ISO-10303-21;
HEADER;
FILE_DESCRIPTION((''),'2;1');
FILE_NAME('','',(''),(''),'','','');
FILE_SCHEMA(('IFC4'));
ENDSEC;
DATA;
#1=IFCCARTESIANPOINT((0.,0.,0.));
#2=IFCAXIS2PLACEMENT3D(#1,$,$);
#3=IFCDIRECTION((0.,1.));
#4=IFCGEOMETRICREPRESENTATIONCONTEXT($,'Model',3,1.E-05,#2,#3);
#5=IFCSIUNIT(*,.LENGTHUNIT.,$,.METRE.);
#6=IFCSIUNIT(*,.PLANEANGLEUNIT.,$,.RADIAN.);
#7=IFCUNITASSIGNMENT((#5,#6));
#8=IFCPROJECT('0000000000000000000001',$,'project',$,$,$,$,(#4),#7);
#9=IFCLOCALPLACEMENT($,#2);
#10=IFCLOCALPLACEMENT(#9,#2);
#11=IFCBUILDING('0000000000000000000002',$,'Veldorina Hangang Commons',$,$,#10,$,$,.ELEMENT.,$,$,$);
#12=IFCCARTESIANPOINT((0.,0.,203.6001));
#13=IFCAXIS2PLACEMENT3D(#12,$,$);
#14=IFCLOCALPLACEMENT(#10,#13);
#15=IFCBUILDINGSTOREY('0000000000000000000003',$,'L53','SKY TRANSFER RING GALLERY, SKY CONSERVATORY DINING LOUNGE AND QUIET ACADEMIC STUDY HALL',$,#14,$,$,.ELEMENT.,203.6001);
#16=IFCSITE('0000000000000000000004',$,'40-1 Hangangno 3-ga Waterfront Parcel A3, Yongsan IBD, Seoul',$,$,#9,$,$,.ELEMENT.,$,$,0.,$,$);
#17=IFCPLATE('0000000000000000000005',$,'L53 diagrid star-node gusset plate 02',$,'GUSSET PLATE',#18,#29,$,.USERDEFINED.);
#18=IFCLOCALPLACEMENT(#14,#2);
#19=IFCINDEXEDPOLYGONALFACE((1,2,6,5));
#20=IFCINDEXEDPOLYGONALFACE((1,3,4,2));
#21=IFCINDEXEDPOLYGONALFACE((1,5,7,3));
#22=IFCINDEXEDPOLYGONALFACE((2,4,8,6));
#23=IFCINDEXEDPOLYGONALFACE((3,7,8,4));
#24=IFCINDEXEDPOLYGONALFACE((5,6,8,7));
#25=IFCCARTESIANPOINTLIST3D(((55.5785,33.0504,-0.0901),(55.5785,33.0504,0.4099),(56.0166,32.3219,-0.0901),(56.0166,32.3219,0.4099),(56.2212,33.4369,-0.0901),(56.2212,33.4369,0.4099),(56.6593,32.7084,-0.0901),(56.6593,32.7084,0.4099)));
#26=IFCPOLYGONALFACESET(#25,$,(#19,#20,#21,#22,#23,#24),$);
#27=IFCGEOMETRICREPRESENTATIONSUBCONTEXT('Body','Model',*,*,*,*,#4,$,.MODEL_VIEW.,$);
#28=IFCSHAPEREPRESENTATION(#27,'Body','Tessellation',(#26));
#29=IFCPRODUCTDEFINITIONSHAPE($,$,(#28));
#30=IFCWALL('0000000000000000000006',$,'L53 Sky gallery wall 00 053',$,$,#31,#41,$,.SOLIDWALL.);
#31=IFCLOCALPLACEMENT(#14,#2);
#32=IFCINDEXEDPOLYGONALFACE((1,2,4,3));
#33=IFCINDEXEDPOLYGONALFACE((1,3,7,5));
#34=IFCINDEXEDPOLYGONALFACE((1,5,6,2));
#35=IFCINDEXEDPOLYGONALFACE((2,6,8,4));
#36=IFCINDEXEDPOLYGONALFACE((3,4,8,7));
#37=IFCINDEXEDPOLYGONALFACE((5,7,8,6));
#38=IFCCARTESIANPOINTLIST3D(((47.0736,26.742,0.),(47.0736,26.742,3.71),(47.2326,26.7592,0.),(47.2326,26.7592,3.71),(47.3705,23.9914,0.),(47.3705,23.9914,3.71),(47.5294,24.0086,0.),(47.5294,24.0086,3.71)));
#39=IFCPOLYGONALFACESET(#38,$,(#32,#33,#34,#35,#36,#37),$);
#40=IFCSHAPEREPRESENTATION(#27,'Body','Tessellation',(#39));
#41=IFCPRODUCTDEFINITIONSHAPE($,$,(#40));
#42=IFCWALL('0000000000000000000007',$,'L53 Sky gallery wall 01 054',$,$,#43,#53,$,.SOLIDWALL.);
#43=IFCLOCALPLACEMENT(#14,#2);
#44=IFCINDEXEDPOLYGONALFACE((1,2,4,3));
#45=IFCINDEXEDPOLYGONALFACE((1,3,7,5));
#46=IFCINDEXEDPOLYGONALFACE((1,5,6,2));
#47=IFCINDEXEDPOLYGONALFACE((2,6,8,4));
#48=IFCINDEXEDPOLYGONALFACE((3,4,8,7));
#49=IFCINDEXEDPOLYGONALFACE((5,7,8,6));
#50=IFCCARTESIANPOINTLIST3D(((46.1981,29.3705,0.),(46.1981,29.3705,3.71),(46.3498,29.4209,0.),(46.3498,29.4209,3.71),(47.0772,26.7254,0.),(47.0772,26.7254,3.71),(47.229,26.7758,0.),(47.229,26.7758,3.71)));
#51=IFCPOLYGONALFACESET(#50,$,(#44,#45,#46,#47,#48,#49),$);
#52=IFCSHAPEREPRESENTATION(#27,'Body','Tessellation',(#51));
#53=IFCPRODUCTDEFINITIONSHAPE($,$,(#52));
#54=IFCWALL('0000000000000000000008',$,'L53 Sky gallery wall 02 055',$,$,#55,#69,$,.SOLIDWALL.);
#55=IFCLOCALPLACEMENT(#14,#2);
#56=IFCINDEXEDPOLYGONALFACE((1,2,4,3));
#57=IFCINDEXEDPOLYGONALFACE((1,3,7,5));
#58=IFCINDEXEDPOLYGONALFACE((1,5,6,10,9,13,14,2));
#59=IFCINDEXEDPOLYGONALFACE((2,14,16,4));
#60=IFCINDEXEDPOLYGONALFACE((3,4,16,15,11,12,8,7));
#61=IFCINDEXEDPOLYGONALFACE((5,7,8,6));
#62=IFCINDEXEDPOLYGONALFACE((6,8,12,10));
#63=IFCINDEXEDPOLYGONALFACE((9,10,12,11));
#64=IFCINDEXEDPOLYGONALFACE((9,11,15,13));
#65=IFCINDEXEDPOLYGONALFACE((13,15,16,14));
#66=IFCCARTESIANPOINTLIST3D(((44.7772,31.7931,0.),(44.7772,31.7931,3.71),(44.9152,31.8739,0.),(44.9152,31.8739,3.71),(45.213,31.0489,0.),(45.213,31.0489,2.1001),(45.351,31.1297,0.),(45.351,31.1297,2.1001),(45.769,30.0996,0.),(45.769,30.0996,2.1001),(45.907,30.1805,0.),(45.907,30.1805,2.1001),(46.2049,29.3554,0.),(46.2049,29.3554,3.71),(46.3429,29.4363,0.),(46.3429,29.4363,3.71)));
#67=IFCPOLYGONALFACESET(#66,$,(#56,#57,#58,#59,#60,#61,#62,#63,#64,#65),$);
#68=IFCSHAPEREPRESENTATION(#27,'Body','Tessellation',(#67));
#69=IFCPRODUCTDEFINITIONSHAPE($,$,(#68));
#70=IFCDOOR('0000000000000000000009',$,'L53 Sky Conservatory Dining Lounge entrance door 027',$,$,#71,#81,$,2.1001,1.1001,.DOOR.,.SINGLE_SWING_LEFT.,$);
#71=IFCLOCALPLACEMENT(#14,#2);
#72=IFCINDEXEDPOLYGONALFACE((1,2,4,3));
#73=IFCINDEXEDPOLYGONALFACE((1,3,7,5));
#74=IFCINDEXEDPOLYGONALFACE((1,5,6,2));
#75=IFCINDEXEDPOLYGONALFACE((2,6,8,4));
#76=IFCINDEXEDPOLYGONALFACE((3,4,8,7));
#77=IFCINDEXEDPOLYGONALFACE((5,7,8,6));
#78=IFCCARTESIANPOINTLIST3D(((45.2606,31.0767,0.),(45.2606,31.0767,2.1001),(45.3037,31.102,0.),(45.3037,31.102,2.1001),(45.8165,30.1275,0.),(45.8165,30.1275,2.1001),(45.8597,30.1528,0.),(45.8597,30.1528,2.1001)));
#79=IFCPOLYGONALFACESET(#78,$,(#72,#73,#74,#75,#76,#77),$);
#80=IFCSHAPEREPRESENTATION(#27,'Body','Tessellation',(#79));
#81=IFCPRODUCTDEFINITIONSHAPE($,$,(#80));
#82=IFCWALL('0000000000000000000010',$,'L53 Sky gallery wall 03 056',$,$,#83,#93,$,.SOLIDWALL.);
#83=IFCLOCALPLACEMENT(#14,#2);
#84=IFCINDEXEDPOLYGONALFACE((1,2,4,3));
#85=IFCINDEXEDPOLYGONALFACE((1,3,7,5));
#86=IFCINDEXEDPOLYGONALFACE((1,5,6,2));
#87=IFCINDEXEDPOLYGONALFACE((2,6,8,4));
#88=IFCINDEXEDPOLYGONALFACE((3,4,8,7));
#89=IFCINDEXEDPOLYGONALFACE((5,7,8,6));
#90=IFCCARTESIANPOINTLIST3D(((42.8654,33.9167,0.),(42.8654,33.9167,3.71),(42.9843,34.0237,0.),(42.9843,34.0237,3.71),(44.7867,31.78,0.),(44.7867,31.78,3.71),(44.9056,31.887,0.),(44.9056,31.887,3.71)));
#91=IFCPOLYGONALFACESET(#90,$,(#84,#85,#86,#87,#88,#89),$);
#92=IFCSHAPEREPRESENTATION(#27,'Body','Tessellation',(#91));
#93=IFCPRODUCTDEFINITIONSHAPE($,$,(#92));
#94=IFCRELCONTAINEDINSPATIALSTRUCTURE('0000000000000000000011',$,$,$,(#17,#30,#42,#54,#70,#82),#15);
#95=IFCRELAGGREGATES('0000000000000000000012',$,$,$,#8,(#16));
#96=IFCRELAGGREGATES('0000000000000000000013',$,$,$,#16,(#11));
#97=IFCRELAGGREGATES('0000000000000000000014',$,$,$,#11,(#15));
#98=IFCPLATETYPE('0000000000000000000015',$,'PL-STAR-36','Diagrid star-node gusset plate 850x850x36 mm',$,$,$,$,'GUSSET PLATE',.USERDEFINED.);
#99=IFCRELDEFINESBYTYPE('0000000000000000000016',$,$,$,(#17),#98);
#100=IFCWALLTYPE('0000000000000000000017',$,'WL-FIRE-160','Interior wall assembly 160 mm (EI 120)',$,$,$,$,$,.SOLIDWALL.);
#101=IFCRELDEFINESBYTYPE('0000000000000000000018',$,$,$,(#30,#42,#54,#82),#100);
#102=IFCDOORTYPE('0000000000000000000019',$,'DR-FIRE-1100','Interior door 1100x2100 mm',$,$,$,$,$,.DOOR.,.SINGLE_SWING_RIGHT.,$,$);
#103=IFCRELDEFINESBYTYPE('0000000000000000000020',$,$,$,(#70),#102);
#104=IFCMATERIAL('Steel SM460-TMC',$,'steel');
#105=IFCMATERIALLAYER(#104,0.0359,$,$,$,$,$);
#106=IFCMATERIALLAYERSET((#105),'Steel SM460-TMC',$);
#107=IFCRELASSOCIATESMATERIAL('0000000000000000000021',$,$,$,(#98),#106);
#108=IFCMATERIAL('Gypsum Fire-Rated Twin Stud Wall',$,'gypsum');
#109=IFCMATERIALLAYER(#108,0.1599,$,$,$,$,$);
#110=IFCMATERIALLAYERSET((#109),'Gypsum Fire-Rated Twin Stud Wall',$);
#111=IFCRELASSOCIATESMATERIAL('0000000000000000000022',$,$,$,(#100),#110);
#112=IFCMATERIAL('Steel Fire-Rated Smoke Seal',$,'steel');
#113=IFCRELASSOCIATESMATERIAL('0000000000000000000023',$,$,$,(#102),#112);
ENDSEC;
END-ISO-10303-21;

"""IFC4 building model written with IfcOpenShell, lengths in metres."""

from ifc_helpers import new_model, si_unit, direction, frame, frame_2d, origin, origin_2d, place, context, subcontext, project, spatial, rectangle, extrude, material, layer, layer_set, type_object, element, fill, save


model = new_model("IFC4")

# Units and contexts
model_context = context("Model", 3, precision=1e-05, world=origin(), true_north=direction((0.0, 1.0)))
body_context = subcontext(model_context, "Body", "Model", "MODEL_VIEW")
ifc_project = project(units=[si_unit("LENGTHUNIT", "METRE"), si_unit("PLANEANGLEUNIT", "RADIAN")], contexts=[model_context])

# Site, building, storey
site_placement = place(None, origin())
site = spatial("IfcSite", under=ifc_project, at=site_placement, Name="40-1 Hangangno 3-ga Waterfront Parcel A3, Yongsan IBD, Seoul", CompositionType="ELEMENT", RefElevation=0.0)
building_placement = place(site_placement, origin())
building = spatial("IfcBuilding", under=site, at=building_placement, Name="Veldorina Hangang Commons", CompositionType="ELEMENT")
storey_placement = place(building_placement, frame((0.0, 0.0, 203.6001)))
storey = spatial("IfcBuildingStorey", under=building, at=storey_placement, Name="L53", Description="SKY TRANSFER RING GALLERY, SKY CONSERVATORY DINING LOUNGE AND QUIET ACADEMIC STUDY HALL", CompositionType="ELEMENT", Elevation=203.6001)

# Shared definitions
ifc_material_1 = material(Name="Steel SM460-TMC", Category="steel")

# Plate
ifc_layer_1 = layer(ifc_material_1, 0.0359)
ifc_layer_set_1 = layer_set([ifc_layer_1], Name="Steel SM460-TMC")
plate_type_1 = type_object("IfcPlateType", Name="PL-STAR-36", Description="Diagrid star-node gusset plate 850x850x36 mm", ElementType="GUSSET PLATE", PredefinedType="USERDEFINED", material=ifc_layer_set_1)
plate_1_placement = place(storey_placement, frame((56.1189, 32.8794, -0.0901), z_axis=(0.0, 0.0, 1.0), x_axis=(-0.515382, 0.85696, 0.0)))
element("IfcPlate", 1, at=plate_1_placement, inside=storey, type_object=plate_type_1, Name="L53 diagrid star-node gusset plate 02", ObjectType="GUSSET PLATE", PredefinedType="USERDEFINED", context=body_context, shape_type="SweptSolid", body=[
    extrude(rectangle(XDim=0.8501, YDim=0.75, at=origin_2d()), origin(), (0.0, 0.0, 1.0), 0.5),
])

# Walls
ifc_material_2 = material(Name="Gypsum Fire-Rated Twin Stud Wall", Category="gypsum")
ifc_layer_2 = layer(ifc_material_2, 0.1599)
ifc_layer_set_2 = layer_set([ifc_layer_2], Name="Gypsum Fire-Rated Twin Stud Wall")
wall_type = type_object("IfcWallType", Name="WL-FIRE-160", Description="Interior wall assembly 160 mm (EI 120)", PredefinedType="SOLIDWALL", material=ifc_layer_set_2)
wall_1_placement = place(storey_placement, frame((47.45, 24.0, 0.0), z_axis=(0.0, 0.0, 1.0), x_axis=(-0.107303, 0.994226, 0.0)))
element("IfcWall", 2, at=wall_1_placement, inside=storey, type_object=wall_type, Name="L53 Sky gallery wall 00 053", PredefinedType="SOLIDWALL", context=body_context, shape_type="SweptSolid", body=[
    extrude(rectangle(XDim=2.7666, YDim=0.1599, at=frame_2d((1.3833, 0.0))), origin(), (0.0, 0.0, 1.0), 3.71),
])
wall_2_placement = place(storey_placement, frame((47.1531, 26.7507, 0.0), z_axis=(0.0, 0.0, 1.0), x_axis=(-0.315413, 0.948954, 0.0)))
element("IfcWall", 3, at=wall_2_placement, inside=storey, type_object=wall_type, Name="L53 Sky gallery wall 01 054", PredefinedType="SOLIDWALL", context=body_context, shape_type="SweptSolid", body=[
    extrude(rectangle(XDim=2.7874, YDim=0.1599, at=frame_2d((1.3936, 0.0))), origin(), (0.0, 0.0, 1.0), 3.71),
])

# Wall, opening, door
wall_3_placement = place(storey_placement, frame((46.2739, 29.3958, 0.0), z_axis=(0.0, 0.0, 1.0), x_axis=(-0.50538, 0.862897, 0.0)))
wall_3 = element("IfcWall", 4, at=wall_3_placement, inside=storey, type_object=wall_type, Name="L53 Sky gallery wall 02 055", PredefinedType="SOLIDWALL", context=body_context, shape_type="SweptSolid", body=[
    extrude(rectangle(XDim=2.825, YDim=0.1599, at=frame_2d((1.4126, 0.0))), origin(), (0.0, 0.0, 1.0), 3.71),
])
opening_placement = place(wall_3_placement, frame((0.8625, 0.0, 0.0)))
opening = element("IfcOpeningElement", 5, at=opening_placement, cuts=wall_3, PredefinedType="OPENING", context=body_context, shape_type="SweptSolid", body=[
    extrude(rectangle(XDim=1.1001, YDim=2.1001, at=frame_2d((0.55, 1.05))), frame((0.0, 0.0898, 0.0), z_axis=(0.0, -1.0, 0.0), x_axis=(1.0, 0.0, 0.0)), (0.0, 0.0, 1.0), 0.1799),
])
ifc_material_3 = material(Name="Steel Fire-Rated Smoke Seal", Category="steel")
door_type = type_object("IfcDoorType", Name="DR-FIRE-1100", Description="Interior door 1100x2100 mm", OperationType="SINGLE_SWING_RIGHT", PredefinedType="DOOR", material=ifc_material_3)
door_placement = place(opening_placement, origin())
door = element("IfcDoor", 6, at=door_placement, inside=storey, type_object=door_type, Name="L53 Sky Conservatory Dining Lounge entrance door 027", OperationType="SINGLE_SWING_LEFT", OverallHeight=2.1001, OverallWidth=1.1001, PredefinedType="DOOR", context=body_context, shape_type="SweptSolid", body=[
    extrude(rectangle(XDim=1.1001, YDim=2.1001, at=frame_2d((0.55, 1.05))), frame((0.0, 0.0249, 0.0), z_axis=(0.0, -1.0, 0.0), x_axis=(1.0, 0.0, 0.0)), (0.0, 0.0, 1.0), 0.05),
])
fill(opening, door)

# Wall
wall_4_placement = place(storey_placement, frame((44.8462, 31.8335, 0.0), z_axis=(0.0, 0.0, 1.0), x_axis=(-0.668645, 0.743581, 0.0)))
element("IfcWall", 7, at=wall_4_placement, inside=storey, type_object=wall_type, Name="L53 Sky gallery wall 03 056", PredefinedType="SOLIDWALL", context=body_context, shape_type="SweptSolid", body=[
    extrude(rectangle(XDim=2.8735, YDim=0.1599, at=frame_2d((1.4368, 0.0))), origin(), (0.0, 0.0, 1.0), 3.71),
])

save(model, "model.ifc")
